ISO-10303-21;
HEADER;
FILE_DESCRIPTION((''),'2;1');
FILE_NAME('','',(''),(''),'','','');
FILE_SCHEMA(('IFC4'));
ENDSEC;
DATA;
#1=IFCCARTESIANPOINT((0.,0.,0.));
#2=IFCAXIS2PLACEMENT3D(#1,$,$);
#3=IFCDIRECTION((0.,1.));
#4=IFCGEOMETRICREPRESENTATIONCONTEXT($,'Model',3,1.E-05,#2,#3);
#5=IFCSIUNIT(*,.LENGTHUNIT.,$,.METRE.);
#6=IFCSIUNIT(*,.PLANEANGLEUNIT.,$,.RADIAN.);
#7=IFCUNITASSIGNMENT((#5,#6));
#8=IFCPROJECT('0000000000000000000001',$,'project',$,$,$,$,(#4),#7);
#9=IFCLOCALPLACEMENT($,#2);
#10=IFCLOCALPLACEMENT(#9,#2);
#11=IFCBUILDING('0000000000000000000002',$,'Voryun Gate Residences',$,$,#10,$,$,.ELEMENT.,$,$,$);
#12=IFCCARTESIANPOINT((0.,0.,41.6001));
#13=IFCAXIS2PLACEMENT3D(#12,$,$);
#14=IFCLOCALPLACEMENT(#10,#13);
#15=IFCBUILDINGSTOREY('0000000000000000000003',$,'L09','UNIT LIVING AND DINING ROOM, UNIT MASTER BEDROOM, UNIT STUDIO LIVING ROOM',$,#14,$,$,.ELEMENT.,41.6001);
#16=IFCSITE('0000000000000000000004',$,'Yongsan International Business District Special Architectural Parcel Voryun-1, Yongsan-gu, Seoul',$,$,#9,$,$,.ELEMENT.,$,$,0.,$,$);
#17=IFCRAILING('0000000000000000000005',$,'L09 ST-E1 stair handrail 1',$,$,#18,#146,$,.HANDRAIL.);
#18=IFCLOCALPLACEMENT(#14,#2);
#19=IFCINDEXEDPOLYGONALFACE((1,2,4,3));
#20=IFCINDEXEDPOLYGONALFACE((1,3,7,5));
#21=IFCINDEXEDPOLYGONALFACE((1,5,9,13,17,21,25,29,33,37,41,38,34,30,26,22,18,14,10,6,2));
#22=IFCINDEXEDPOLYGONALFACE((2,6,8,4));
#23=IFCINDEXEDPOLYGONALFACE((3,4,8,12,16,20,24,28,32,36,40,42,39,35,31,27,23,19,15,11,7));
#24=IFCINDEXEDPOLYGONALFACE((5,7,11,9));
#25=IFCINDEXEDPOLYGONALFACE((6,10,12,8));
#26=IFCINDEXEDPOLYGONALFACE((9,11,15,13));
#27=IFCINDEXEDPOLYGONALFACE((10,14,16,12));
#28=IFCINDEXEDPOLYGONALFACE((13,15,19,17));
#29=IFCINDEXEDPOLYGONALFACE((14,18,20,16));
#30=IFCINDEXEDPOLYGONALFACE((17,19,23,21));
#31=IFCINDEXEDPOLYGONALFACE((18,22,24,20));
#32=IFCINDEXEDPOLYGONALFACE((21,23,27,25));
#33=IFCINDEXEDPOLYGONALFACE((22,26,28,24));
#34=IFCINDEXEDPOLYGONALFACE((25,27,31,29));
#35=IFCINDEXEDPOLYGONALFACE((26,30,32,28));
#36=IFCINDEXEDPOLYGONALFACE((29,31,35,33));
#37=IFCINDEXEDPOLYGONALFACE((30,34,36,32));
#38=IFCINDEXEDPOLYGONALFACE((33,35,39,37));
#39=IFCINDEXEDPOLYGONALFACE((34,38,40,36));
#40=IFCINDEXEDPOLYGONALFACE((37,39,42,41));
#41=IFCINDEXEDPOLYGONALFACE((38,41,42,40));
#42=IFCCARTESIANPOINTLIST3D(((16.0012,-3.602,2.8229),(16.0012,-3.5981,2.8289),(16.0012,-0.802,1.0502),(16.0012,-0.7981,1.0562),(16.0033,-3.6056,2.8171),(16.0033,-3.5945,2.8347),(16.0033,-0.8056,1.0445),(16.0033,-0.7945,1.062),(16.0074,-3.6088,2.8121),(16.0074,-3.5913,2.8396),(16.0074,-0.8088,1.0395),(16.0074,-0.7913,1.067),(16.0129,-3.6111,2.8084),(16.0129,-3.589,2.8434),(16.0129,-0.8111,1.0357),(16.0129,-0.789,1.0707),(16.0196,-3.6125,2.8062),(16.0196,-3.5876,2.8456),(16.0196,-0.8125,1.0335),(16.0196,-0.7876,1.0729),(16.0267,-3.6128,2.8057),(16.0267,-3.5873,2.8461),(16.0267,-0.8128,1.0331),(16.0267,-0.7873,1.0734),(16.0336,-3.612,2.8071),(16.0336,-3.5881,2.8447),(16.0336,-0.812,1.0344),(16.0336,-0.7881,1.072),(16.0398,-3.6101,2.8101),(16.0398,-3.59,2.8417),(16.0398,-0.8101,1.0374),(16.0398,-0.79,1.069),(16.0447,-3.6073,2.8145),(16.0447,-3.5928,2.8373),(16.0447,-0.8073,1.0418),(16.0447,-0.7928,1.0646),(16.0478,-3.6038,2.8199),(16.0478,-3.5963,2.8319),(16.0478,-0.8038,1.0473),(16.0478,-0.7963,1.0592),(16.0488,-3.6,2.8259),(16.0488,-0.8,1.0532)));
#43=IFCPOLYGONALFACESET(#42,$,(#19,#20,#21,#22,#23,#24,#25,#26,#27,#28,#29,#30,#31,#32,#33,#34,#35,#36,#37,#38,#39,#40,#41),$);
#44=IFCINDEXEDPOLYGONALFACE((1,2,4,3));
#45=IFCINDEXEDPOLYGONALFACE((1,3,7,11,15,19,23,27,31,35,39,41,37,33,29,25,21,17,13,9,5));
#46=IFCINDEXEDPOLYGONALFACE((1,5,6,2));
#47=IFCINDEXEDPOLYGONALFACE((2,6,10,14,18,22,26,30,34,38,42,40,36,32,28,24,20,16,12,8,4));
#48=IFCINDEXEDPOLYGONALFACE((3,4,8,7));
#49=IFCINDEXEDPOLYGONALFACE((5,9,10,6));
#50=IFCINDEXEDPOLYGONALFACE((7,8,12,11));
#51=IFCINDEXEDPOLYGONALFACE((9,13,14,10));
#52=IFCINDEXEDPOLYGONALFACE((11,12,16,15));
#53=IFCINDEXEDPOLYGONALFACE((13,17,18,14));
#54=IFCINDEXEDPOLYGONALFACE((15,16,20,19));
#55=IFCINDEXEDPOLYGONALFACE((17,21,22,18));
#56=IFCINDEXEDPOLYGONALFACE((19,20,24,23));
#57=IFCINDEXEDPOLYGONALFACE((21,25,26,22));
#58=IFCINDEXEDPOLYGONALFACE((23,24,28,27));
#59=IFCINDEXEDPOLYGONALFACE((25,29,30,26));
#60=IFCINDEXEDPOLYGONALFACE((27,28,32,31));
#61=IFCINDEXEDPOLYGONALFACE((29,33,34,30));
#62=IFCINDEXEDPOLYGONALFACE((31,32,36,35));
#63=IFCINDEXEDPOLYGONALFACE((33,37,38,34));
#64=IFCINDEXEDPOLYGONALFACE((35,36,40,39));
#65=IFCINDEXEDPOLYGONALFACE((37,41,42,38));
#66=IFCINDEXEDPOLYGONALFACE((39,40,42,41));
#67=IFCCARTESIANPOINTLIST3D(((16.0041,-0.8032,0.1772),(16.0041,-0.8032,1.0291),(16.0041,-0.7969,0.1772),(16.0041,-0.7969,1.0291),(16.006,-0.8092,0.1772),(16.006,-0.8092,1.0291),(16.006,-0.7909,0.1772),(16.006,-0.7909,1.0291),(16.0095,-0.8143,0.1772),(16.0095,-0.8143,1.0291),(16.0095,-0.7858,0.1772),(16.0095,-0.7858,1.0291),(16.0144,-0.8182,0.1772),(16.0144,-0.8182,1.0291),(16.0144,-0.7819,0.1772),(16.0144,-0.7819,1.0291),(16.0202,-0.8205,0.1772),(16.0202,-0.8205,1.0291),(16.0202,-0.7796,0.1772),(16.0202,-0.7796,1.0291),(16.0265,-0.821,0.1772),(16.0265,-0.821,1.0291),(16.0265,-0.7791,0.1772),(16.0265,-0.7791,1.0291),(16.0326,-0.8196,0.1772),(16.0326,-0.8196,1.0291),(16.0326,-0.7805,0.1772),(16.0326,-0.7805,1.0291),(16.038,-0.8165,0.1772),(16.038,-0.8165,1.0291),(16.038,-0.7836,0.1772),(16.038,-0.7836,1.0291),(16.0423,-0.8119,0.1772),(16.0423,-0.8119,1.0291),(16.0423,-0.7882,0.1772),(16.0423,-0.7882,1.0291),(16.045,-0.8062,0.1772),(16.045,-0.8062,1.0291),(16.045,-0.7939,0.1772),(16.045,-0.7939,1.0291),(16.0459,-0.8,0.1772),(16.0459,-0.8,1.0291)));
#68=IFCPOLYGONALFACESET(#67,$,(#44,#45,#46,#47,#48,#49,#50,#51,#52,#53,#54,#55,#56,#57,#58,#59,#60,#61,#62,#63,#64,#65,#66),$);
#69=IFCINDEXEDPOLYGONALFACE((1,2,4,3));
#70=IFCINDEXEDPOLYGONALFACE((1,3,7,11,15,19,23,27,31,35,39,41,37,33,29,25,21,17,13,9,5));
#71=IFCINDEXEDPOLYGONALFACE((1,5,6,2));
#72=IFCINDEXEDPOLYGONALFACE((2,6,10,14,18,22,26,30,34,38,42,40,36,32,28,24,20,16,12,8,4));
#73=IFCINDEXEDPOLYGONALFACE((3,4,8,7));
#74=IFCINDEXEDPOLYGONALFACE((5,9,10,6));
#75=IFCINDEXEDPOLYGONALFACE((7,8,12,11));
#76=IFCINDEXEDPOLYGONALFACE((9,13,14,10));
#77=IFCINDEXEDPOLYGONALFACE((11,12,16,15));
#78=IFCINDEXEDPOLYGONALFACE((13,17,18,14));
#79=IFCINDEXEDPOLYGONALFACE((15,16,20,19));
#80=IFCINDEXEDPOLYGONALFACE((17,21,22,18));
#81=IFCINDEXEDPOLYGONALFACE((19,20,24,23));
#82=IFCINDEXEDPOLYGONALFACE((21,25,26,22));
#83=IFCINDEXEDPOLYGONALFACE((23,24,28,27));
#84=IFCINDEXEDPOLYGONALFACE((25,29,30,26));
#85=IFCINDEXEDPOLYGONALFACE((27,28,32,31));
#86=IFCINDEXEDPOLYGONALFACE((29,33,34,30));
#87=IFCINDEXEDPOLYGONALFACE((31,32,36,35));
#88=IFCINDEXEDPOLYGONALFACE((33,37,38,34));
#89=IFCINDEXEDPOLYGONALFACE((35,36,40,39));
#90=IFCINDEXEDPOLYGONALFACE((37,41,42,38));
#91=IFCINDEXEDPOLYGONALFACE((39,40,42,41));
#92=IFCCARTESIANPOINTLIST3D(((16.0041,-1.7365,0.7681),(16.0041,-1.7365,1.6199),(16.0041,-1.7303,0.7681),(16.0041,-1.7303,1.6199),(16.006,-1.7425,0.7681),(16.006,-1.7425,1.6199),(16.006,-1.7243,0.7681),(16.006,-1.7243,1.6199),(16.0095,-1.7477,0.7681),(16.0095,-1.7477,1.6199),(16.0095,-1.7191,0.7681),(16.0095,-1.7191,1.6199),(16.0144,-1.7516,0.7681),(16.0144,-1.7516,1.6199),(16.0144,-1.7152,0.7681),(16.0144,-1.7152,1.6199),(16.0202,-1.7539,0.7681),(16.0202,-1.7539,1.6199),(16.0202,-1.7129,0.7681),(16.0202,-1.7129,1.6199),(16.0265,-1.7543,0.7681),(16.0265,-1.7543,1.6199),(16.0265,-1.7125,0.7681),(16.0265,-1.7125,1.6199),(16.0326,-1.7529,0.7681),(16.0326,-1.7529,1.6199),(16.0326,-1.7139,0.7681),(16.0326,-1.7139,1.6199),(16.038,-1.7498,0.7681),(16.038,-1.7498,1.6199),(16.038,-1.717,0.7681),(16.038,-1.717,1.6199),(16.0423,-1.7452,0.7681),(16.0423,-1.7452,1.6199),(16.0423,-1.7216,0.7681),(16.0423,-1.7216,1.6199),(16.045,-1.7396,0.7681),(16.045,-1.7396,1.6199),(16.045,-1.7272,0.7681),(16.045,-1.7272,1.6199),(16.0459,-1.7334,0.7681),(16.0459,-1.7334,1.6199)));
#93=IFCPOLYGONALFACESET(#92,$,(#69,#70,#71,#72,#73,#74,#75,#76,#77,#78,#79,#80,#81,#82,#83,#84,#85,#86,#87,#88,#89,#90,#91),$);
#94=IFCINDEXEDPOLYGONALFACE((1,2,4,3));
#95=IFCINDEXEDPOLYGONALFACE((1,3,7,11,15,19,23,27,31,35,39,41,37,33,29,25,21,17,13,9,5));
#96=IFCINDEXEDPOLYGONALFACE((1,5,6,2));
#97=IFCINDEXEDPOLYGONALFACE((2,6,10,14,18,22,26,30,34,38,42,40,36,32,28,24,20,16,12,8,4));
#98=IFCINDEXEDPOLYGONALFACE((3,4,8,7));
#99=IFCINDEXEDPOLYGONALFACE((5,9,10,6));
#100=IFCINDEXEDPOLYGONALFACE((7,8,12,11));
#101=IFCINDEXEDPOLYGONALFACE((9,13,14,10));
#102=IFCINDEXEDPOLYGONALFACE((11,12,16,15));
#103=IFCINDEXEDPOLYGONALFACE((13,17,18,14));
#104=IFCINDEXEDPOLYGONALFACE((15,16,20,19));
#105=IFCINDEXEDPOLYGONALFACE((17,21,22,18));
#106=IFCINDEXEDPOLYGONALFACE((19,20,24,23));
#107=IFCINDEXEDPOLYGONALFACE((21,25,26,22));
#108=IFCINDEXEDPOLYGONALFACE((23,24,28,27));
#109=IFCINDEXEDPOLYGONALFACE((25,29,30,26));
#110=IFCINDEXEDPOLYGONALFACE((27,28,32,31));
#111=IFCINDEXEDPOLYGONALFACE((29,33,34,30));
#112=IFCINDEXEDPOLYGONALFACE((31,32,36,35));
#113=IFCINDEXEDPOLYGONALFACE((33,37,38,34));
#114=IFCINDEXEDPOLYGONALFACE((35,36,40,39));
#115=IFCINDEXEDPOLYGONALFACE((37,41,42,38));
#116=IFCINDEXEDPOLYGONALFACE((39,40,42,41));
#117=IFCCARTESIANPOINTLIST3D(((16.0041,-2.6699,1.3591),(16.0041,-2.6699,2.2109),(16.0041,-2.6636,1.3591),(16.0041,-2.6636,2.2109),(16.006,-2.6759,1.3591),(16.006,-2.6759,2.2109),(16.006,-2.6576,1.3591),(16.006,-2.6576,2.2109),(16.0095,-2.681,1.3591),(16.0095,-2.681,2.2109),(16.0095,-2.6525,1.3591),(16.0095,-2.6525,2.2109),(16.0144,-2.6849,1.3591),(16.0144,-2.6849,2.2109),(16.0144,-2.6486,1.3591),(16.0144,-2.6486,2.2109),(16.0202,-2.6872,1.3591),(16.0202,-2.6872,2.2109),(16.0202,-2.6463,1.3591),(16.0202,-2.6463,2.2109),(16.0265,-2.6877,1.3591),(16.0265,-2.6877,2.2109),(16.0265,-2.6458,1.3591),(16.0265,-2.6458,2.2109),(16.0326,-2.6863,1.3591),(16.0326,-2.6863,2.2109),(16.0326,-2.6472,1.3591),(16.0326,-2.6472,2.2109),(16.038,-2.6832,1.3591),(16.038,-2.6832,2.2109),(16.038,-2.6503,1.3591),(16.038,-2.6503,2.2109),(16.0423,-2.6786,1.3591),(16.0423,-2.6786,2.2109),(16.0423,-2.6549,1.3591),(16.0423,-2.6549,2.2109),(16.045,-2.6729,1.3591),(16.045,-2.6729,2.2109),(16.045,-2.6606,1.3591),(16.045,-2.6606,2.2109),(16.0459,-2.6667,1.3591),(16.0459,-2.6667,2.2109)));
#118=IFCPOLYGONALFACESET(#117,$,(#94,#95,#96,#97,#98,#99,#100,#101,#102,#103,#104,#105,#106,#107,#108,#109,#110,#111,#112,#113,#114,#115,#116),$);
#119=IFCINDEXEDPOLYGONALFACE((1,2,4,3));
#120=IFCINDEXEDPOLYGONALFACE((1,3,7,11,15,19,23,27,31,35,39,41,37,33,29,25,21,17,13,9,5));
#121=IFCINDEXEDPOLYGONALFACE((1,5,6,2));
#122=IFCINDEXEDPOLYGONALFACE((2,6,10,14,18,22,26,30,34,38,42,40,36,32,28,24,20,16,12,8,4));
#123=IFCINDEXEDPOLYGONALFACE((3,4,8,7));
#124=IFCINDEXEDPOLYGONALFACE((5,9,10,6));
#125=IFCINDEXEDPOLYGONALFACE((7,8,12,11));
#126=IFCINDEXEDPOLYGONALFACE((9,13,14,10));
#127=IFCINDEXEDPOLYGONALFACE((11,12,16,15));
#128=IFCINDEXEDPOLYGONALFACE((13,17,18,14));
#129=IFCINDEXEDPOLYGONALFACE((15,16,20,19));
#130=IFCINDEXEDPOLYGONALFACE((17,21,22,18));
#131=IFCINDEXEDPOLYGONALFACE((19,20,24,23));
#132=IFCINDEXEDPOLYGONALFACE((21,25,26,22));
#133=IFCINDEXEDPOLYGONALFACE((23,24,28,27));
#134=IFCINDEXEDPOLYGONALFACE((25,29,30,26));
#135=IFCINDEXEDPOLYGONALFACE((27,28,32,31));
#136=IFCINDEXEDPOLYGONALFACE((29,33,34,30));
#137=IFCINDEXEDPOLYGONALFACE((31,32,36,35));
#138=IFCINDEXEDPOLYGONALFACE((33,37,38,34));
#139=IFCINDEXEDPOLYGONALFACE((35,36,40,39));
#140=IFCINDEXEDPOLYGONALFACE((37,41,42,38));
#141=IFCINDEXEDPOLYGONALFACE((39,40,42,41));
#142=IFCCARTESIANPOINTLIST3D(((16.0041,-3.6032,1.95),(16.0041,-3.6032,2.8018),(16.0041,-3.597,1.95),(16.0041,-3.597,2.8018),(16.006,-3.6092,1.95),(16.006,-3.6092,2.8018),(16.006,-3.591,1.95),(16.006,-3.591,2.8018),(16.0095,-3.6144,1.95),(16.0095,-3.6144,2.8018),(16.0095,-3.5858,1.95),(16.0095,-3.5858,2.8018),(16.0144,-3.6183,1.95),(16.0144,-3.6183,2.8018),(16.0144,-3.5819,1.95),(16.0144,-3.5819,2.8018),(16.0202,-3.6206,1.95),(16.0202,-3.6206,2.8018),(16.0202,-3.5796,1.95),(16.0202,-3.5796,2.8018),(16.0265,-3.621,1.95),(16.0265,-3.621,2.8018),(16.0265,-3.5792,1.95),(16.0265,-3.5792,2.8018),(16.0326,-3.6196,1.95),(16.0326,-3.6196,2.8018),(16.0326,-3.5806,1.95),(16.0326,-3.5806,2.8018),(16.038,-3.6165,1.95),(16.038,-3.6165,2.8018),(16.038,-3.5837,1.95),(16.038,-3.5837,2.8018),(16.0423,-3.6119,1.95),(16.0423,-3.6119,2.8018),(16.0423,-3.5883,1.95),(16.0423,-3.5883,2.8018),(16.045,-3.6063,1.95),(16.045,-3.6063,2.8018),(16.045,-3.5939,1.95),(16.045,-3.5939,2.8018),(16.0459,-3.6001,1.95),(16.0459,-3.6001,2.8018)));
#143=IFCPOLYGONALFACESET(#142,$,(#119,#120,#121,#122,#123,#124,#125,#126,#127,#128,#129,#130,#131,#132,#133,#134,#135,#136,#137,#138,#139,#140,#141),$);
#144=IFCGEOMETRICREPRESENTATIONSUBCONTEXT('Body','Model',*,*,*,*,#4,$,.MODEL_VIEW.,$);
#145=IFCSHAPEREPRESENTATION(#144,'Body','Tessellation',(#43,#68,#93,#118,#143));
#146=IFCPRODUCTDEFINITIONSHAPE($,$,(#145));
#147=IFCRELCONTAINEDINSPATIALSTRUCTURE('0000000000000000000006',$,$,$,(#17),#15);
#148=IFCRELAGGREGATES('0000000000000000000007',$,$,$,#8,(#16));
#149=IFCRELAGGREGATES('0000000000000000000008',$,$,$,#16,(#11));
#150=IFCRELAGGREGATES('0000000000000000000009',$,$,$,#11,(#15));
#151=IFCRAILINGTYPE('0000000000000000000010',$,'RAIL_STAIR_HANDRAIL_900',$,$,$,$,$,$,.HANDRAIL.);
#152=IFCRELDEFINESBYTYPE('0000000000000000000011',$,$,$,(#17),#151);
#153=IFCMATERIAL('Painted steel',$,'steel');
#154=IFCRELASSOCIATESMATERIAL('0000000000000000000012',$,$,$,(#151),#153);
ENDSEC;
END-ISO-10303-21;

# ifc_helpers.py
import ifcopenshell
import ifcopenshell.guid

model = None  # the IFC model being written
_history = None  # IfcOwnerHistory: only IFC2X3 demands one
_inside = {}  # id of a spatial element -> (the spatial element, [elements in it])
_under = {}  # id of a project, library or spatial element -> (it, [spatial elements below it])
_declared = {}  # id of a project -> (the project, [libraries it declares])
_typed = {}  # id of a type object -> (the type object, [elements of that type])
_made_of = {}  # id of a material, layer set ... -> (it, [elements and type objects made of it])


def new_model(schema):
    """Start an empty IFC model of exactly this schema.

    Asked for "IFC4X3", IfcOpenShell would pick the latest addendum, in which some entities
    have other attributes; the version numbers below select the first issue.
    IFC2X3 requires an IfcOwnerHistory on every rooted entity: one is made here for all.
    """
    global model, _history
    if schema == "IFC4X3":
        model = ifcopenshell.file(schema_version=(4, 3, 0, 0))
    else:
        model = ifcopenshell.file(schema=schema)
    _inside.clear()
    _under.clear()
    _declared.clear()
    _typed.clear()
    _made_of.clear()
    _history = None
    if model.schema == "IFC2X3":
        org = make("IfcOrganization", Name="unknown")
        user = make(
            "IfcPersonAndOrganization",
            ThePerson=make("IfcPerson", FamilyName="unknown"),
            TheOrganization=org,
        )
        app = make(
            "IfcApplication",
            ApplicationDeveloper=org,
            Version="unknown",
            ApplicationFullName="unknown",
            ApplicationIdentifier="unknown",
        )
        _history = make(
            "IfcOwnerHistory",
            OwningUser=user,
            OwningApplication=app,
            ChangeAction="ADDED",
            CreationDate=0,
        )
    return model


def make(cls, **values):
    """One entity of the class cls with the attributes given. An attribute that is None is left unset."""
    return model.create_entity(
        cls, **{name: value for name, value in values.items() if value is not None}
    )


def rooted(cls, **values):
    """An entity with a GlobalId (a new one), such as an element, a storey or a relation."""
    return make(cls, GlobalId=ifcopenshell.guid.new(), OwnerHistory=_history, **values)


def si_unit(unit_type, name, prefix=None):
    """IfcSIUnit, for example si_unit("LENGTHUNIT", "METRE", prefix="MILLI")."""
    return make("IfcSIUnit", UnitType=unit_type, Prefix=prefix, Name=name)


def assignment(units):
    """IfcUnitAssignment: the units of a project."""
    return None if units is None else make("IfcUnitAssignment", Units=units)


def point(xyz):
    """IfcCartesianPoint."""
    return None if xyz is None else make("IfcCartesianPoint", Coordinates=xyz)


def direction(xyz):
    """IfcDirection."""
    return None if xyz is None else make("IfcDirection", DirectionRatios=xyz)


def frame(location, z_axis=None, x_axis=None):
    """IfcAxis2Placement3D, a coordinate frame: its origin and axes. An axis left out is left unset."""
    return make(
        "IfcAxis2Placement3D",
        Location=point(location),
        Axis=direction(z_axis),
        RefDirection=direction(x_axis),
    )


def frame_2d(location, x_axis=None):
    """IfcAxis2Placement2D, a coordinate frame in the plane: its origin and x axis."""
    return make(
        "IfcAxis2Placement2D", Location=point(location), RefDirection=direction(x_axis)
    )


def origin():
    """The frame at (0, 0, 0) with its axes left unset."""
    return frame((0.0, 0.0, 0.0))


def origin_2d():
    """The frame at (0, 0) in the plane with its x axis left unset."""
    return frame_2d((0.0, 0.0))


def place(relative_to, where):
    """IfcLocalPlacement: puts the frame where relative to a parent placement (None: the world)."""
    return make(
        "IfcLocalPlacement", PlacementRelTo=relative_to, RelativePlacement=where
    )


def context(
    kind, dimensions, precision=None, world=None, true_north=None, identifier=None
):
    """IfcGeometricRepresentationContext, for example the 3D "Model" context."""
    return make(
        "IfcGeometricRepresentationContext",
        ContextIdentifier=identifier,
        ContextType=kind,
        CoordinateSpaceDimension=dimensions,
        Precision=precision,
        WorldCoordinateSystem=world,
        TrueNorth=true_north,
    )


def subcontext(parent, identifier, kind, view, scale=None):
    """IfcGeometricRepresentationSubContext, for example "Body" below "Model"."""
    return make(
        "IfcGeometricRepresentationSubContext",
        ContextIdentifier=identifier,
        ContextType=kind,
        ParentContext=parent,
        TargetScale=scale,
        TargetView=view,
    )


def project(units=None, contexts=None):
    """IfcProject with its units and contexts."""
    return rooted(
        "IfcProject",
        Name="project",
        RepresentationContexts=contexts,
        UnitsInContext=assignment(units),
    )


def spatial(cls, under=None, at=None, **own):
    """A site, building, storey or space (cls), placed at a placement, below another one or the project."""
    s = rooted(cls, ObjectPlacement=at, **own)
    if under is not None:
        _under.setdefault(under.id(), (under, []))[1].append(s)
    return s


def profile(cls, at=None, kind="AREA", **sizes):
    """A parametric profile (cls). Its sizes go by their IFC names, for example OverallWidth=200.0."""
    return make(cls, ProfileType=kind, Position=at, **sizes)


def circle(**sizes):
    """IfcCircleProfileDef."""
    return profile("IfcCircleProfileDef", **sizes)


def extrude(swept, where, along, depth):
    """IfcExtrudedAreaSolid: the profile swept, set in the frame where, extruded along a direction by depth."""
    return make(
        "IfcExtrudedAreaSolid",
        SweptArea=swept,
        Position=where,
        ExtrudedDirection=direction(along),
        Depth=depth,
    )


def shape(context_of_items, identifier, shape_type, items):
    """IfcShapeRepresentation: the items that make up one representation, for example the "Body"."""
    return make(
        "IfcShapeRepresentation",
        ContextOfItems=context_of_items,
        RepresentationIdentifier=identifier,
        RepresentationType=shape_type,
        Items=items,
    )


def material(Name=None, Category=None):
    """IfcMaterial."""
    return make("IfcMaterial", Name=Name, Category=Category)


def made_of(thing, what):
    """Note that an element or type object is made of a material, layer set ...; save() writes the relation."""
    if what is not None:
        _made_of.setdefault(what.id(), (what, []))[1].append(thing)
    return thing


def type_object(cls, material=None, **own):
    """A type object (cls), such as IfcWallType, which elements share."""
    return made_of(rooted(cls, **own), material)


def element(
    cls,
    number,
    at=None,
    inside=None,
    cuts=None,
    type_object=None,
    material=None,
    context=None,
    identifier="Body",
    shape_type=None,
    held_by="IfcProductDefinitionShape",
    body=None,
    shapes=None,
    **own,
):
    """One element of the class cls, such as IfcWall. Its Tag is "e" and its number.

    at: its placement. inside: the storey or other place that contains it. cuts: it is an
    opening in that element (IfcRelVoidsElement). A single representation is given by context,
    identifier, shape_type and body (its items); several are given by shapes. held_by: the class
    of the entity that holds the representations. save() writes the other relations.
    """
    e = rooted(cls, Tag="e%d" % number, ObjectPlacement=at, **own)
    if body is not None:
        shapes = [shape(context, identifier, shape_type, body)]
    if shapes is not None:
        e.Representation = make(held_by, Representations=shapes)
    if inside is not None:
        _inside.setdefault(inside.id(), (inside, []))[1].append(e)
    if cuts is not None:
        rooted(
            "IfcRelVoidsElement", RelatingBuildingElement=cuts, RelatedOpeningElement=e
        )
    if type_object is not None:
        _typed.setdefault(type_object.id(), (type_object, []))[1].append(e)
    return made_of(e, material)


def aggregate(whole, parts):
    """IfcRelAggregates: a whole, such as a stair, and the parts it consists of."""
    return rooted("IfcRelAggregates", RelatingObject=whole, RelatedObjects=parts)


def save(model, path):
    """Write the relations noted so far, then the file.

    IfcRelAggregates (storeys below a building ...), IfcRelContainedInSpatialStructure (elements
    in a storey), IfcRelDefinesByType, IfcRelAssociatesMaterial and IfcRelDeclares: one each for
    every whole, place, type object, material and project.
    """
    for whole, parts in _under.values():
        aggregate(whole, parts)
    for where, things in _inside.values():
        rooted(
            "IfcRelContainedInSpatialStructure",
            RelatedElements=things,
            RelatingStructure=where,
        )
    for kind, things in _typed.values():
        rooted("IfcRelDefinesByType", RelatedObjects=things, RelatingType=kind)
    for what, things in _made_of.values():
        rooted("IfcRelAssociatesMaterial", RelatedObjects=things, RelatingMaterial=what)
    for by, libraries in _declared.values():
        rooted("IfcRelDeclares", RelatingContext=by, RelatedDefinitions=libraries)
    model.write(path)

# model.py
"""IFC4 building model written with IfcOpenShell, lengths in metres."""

from ifc_helpers import new_model, si_unit, direction, frame, origin, origin_2d, place, context, subcontext, project, spatial, circle, extrude, material, type_object, element, save


model = new_model("IFC4")

# Units and contexts
model_context = context("Model", 3, precision=1e-05, world=origin(), true_north=direction((0.0, 1.0)))
body_context = subcontext(model_context, "Body", "Model", "MODEL_VIEW")
ifc_project = project(units=[si_unit("LENGTHUNIT", "METRE"), si_unit("PLANEANGLEUNIT", "RADIAN")], contexts=[model_context])

# Site, building, storey
site_placement = place(None, origin())
site = spatial("IfcSite", under=ifc_project, at=site_placement, Name="Yongsan International Business District Special Architectural Parcel Voryun-1, Yongsan-gu, Seoul", CompositionType="ELEMENT", RefElevation=0.0)
building_placement = place(site_placement, origin())
building = spatial("IfcBuilding", under=site, at=building_placement, Name="Voryun Gate Residences", CompositionType="ELEMENT")
storey_placement = place(building_placement, frame((0.0, 0.0, 41.6001)))
storey = spatial("IfcBuildingStorey", under=building, at=storey_placement, Name="L09", Description="UNIT LIVING AND DINING ROOM, UNIT MASTER BEDROOM, UNIT STUDIO LIVING ROOM", CompositionType="ELEMENT", Elevation=41.6001)

# Railing
ifc_material_1 = material(Name="Painted steel", Category="steel")
railing_type_1 = type_object("IfcRailingType", Name="RAIL_STAIR_HANDRAIL_900", PredefinedType="HANDRAIL", material=ifc_material_1)
railing_1_placement = place(storey_placement, frame((16.0249, -0.8, 0.1772)))
element("IfcRailing", 1, at=railing_1_placement, inside=storey, type_object=railing_type_1, Name="L09 ST-E1 stair handrail 1", PredefinedType="HANDRAIL", context=body_context, shape_type="SweptSolid", body=[
    extrude(circle(Radius=0.0239, at=origin_2d()), frame((0.0, 0.0, 0.876), z_axis=(0.0, -0.844909, 0.53491), x_axis=(1.0, 0.0, 0.0)), (0.0, 0.0, 1.0), 3.314),
    extrude(circle(Radius=0.021, at=origin_2d()), origin(), (0.0, 0.0, 1.0), 0.8518),
    extrude(circle(Radius=0.021, at=origin_2d()), frame((0.0, -0.9333, 0.5908)), (0.0, 0.0, 1.0), 0.8518),
    extrude(circle(Radius=0.021, at=origin_2d()), frame((0.0, -1.8667, 1.1819)), (0.0, 0.0, 1.0), 0.8518),
    extrude(circle(Radius=0.021, at=origin_2d()), frame((0.0, -2.8, 1.7727)), (0.0, 0.0, 1.0), 0.8518),
])

save(model, "model.ifc")
